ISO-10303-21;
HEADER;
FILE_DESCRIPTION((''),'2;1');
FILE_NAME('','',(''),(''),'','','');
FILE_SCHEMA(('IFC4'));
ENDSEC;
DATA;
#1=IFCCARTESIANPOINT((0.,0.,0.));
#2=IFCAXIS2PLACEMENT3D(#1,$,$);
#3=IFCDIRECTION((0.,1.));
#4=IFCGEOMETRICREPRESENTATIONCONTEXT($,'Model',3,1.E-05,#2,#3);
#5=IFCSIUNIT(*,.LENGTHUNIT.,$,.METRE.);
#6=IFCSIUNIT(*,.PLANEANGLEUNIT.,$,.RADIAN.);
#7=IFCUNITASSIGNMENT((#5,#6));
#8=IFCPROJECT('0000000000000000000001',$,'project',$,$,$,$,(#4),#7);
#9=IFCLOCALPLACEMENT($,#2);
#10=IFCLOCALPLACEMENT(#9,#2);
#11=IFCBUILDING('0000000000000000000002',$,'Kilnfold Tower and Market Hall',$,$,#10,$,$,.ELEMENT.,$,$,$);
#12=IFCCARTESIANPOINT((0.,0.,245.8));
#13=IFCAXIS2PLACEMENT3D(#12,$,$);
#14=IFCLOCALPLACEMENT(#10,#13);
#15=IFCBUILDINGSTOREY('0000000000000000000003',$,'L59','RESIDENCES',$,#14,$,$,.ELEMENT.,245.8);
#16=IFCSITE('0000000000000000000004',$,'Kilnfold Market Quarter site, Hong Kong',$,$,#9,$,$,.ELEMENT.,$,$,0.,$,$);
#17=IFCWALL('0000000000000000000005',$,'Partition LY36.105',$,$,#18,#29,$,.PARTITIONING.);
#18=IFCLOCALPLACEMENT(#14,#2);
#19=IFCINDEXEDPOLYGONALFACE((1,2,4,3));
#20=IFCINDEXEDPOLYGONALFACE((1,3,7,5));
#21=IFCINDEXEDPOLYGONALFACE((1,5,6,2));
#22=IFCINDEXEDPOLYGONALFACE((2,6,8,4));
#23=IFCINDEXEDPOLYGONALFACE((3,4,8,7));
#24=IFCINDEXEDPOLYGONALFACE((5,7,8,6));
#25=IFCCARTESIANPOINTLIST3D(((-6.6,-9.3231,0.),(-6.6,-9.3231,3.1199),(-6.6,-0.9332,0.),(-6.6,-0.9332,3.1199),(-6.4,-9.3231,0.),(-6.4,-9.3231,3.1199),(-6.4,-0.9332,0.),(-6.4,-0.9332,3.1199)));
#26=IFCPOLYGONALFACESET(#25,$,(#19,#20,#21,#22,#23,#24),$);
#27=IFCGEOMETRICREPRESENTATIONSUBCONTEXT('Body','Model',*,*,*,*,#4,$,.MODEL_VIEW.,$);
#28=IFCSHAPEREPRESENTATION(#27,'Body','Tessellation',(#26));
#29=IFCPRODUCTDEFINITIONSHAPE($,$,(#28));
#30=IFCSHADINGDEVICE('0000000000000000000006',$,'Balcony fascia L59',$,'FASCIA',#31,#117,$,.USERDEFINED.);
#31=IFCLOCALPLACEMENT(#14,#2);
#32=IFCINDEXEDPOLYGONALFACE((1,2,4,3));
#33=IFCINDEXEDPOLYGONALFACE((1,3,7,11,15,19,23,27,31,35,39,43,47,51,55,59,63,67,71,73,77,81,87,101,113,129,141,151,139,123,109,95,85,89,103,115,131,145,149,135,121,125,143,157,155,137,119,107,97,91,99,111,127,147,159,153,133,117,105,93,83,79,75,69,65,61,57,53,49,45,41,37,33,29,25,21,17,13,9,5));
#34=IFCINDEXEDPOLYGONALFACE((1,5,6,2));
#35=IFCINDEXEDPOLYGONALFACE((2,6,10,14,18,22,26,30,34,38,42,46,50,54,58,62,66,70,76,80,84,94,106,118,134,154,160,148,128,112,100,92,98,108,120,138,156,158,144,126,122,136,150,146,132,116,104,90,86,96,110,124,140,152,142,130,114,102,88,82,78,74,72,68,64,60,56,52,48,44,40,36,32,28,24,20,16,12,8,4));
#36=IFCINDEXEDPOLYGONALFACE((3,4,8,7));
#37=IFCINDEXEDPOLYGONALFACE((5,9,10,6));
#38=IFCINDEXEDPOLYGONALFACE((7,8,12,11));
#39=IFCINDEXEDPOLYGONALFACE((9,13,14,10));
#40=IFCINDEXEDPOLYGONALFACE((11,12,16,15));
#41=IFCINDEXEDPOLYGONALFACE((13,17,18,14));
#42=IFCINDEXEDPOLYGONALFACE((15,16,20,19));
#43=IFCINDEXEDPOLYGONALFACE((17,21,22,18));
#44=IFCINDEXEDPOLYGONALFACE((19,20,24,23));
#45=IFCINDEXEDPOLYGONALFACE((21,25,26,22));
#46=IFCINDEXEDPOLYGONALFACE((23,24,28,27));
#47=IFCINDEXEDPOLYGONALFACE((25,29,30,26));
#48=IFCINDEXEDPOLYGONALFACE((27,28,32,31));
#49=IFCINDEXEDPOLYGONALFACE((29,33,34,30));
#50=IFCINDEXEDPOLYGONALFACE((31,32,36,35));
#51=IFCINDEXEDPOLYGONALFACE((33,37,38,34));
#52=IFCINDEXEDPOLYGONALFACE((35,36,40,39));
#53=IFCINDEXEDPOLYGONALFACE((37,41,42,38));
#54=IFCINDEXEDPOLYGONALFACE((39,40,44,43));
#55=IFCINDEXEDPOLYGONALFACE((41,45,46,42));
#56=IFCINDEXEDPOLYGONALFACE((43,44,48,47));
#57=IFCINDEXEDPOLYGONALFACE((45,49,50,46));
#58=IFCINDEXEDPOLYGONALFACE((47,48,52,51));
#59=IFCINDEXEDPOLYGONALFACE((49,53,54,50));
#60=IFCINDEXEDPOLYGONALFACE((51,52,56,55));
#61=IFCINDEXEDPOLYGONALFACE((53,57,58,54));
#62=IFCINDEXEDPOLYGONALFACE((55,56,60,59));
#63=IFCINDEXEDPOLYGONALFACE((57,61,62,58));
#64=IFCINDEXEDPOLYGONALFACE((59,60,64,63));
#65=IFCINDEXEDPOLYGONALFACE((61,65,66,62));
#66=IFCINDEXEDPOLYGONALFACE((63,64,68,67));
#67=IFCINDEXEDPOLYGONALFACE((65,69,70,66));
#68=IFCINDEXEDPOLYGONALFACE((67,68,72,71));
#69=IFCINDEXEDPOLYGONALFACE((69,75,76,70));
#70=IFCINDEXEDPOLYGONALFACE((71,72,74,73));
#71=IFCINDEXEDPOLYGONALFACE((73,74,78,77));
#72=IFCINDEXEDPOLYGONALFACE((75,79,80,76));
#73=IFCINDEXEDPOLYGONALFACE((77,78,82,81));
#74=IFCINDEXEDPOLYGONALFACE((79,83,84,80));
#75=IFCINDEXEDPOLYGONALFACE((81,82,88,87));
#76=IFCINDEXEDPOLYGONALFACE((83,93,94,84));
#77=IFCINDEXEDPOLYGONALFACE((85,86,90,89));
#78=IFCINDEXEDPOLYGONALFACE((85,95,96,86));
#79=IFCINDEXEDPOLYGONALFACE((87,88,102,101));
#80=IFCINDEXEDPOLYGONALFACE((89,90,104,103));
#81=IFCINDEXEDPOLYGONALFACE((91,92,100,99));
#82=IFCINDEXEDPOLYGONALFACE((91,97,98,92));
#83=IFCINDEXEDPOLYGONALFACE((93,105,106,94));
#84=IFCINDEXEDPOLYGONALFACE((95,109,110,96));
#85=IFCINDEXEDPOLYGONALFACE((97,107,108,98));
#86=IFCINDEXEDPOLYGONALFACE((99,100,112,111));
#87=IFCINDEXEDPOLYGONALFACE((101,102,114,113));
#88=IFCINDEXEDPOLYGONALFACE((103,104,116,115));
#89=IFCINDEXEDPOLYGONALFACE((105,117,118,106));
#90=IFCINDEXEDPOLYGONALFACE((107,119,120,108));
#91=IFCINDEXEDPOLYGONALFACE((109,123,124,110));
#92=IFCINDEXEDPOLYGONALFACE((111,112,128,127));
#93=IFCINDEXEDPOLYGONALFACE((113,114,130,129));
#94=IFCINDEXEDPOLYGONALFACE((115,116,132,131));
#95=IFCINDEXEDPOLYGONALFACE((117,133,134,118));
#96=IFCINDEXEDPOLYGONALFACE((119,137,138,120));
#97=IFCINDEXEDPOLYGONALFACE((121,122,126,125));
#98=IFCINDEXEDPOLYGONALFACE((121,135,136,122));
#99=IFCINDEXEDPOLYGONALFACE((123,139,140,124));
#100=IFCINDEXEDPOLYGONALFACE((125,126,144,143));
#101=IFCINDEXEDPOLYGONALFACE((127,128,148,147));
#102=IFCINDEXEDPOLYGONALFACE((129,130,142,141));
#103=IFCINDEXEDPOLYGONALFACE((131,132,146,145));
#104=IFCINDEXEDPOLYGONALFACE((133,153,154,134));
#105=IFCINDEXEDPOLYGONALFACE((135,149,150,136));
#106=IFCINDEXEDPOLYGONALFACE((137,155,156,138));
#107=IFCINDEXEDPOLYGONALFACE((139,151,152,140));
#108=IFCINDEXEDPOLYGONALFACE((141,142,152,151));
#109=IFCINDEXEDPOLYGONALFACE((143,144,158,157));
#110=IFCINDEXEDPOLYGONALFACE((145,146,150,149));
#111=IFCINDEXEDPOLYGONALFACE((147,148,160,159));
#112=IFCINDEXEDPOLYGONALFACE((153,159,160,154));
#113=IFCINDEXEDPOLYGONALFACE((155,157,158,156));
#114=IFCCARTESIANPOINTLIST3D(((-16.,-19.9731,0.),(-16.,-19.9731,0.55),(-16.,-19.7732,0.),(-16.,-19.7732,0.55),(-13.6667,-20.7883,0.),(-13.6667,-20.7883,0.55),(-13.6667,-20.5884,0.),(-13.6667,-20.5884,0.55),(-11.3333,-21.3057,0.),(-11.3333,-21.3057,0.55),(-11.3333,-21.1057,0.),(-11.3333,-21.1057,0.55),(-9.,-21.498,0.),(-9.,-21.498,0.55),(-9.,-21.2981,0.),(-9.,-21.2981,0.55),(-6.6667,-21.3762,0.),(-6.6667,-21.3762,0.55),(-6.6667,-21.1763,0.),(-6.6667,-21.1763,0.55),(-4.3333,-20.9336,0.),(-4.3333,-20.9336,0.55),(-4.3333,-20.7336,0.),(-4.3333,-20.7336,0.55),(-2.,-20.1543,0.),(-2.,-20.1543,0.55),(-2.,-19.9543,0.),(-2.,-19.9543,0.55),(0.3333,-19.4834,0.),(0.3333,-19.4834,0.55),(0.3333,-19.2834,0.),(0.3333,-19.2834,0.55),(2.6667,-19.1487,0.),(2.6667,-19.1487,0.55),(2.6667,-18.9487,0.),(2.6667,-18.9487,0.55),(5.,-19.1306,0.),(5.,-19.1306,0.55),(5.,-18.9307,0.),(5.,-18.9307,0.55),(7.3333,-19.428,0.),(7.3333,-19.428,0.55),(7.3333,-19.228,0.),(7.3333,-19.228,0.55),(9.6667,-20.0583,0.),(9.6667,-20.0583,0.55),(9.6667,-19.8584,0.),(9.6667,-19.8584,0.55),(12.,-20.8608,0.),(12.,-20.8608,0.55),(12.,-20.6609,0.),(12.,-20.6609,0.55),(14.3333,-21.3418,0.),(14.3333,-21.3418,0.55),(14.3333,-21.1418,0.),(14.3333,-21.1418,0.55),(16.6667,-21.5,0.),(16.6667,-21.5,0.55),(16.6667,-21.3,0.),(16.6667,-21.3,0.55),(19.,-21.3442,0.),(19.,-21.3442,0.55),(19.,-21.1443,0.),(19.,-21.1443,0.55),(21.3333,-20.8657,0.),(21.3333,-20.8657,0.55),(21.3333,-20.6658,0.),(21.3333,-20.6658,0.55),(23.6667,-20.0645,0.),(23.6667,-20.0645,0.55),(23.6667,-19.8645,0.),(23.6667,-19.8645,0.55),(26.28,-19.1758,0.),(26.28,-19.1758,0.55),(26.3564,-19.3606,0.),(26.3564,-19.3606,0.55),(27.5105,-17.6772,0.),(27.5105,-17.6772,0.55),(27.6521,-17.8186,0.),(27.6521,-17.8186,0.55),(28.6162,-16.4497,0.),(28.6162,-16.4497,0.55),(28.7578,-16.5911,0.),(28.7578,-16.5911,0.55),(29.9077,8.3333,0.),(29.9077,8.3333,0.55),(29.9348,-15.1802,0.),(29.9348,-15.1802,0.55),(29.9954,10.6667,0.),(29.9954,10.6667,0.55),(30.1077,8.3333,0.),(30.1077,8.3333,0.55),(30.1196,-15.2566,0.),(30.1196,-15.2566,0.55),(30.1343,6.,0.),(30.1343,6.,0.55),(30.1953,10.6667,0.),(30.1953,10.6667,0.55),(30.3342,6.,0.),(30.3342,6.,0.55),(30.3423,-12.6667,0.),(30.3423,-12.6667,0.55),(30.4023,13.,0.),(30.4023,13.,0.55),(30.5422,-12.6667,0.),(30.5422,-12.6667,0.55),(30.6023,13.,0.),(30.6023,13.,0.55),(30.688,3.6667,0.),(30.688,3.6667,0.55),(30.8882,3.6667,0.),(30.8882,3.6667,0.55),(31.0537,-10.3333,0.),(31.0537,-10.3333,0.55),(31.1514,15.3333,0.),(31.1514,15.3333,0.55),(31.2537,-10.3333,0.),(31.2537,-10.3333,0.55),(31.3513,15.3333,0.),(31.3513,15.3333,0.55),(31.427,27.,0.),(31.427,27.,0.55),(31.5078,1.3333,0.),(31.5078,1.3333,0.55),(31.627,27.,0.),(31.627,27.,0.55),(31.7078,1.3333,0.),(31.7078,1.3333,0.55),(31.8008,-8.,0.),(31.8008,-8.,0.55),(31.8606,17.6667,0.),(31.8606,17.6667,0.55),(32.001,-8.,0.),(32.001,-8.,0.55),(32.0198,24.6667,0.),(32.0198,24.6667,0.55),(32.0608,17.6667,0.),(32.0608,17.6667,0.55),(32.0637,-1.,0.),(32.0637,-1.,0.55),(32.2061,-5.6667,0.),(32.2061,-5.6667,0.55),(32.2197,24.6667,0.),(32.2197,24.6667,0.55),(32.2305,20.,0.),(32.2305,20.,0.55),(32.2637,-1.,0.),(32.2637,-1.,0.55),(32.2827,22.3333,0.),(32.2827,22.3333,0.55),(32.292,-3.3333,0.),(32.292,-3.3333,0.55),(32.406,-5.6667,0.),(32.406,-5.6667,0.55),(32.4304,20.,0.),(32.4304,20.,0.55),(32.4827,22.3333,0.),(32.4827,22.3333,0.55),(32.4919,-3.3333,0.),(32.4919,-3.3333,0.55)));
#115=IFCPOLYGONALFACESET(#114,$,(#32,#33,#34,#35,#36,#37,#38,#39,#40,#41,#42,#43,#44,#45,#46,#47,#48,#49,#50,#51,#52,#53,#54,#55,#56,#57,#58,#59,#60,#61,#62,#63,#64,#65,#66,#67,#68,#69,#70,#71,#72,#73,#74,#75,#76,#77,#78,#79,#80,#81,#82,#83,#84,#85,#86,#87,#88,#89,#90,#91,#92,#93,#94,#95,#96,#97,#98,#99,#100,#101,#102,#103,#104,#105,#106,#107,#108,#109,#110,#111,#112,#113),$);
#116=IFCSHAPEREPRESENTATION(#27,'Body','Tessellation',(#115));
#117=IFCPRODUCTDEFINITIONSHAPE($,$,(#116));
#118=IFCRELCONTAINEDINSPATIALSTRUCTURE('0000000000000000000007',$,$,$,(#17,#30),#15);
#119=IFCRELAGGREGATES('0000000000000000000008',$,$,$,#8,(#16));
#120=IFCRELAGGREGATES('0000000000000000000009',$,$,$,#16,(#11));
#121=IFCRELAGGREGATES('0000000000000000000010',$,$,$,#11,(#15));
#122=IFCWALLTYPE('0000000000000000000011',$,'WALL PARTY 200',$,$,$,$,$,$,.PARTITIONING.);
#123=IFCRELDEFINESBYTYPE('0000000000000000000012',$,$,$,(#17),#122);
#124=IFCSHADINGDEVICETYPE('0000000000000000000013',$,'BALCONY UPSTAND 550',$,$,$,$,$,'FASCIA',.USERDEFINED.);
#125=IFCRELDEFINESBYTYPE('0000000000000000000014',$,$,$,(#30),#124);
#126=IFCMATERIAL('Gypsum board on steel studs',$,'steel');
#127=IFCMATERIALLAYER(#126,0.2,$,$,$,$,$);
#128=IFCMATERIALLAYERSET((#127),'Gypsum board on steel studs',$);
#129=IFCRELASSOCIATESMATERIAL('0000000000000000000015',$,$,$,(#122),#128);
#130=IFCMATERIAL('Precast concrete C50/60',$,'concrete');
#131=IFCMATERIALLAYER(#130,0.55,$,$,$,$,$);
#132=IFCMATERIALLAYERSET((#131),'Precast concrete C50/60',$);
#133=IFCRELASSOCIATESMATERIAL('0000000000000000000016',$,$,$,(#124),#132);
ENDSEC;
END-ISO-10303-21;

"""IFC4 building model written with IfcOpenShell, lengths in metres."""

from ifc_helpers import new_model, si_unit, direction, frame, frame_2d, origin, place, context, subcontext, project, spatial, polyline, rectangle, outline, extrude, source, transform, mapped, material, layer, layer_set, type_object, element, save


model = new_model("IFC4")

# Units and contexts
model_context = context("Model", 3, precision=1e-05, world=origin(), true_north=direction((0.0, 1.0)))
body_context = subcontext(model_context, "Body", "Model", "MODEL_VIEW")
ifc_project = project(units=[si_unit("LENGTHUNIT", "METRE"), si_unit("PLANEANGLEUNIT", "RADIAN")], contexts=[model_context])

# Site, building, storey
site_placement = place(None, origin())
site = spatial("IfcSite", under=ifc_project, at=site_placement, Name="Kilnfold Market Quarter site, Hong Kong", CompositionType="ELEMENT", RefElevation=0.0)
building_placement = place(site_placement, origin())
building = spatial("IfcBuilding", under=site, at=building_placement, Name="Kilnfold Tower and Market Hall", CompositionType="ELEMENT")
storey_placement = place(building_placement, frame((0.0, 0.0, 245.8)))
storey = spatial("IfcBuildingStorey", under=building, at=storey_placement, Name="L59", Description="RESIDENCES", CompositionType="ELEMENT", Elevation=245.8)

# Wall
ifc_material_1 = material(Name="Gypsum board on steel studs", Category="steel")
ifc_layer_1 = layer(ifc_material_1, 0.2)
ifc_layer_set_1 = layer_set([ifc_layer_1], Name="Gypsum board on steel studs")
wall_type_1 = type_object("IfcWallType", Name="WALL PARTY 200", PredefinedType="PARTITIONING", material=ifc_layer_set_1)
wall_1_placement = place(storey_placement, frame((-6.5, -9.323, 0.0), z_axis=(0.0, 0.0, 1.0), x_axis=(0.0, 1.0, 0.0)))
element("IfcWall", 1, at=wall_1_placement, inside=storey, type_object=wall_type_1, Name="Partition LY36.105", PredefinedType="PARTITIONING", context=body_context, shape_type="SweptSolid", body=[
    extrude(rectangle(XDim=8.3899, YDim=0.2, at=frame_2d((4.1948, 0.0))), origin(), (0.0, 0.0, 1.0), 3.1199),
])

# Shading device
ifc_material_2 = material(Name="Precast concrete C50/60", Category="concrete")
ifc_layer_2 = layer(ifc_material_2, 0.55)
ifc_layer_set_2 = layer_set([ifc_layer_2], Name="Precast concrete C50/60")
shading_device_type_1 = type_object("IfcShadingDeviceType", Name="BALCONY UPSTAND 550", ElementType="FASCIA", PredefinedType="USERDEFINED", material=ifc_layer_set_2)
shared_shape_1 = source(origin(), body_context, "Body", "SweptSolid", [
    extrude(outline(polyline([(-16.0, -19.9731), (-13.6667, -20.7883), (-11.3333, -21.3057), (-9.0, -21.498), (-6.6667, -21.3762), (-4.3333, -20.9336), (-2.0, -20.1543), (0.3333, -19.4834), (2.6667, -19.1487), (5.0, -19.1306), (7.3333, -19.428), (9.6667, -20.0583), (12.0, -20.8608), (14.3333, -21.3418), (16.6667, -21.5), (19.0, -21.3442), (21.3333, -20.8657), (23.6667, -20.0645), (26.3564, -19.3606), (27.6521, -17.8186), (28.7578, -16.5911), (30.1196, -15.2566), (30.5422, -12.6667), (31.2537, -10.3333), (32.001, -8.0), (32.406, -5.6667), (32.4919, -3.3333), (32.2637, -1.0), (31.7078, 1.3333), (30.8882, 3.6667), (30.3342, 6.0), (30.1077, 8.3333), (30.1953, 10.6667), (30.6023, 13.0), (31.3513, 15.3333), (32.0608, 17.6667), (32.4304, 20.0), (32.4827, 22.3333), (32.2197, 24.6667), (31.627, 27.0), (31.427, 27.0), (32.0198, 24.6667), (32.2827, 22.3333), (32.2305, 20.0), (31.8606, 17.6667), (31.1514, 15.3333), (30.4023, 13.0), (29.9954, 10.6667), (29.9077, 8.3333), (30.1343, 6.0), (30.688, 3.6667), (31.5078, 1.3333), (32.0637, -1.0), (32.292, -3.3333), (32.2061, -5.6667), (31.8008, -8.0), (31.0537, -10.3333), (30.3423, -12.6667), (29.9348, -15.1802), (28.6162, -16.4497), (27.5105, -17.6772), (26.28, -19.1758), (23.6667, -19.8645), (21.3333, -20.6658), (19.0, -21.1443), (16.6667, -21.3), (14.3333, -21.1418), (12.0, -20.6609), (9.6667, -19.8584), (7.3333, -19.228), (5.0, -18.9307), (2.6667, -18.9487), (0.3333, -19.2834), (-2.0, -19.9543), (-4.3333, -20.7336), (-6.6667, -21.1763), (-9.0, -21.2981), (-11.3333, -21.1057), (-13.6667, -20.5884), (-16.0, -19.7732), (-16.0, -19.9731)])), origin(), (0.0, 0.0, 1.0), 0.55),
])
shading_device_1_placement = place(storey_placement, origin())
element("IfcShadingDevice", 2, at=shading_device_1_placement, inside=storey, type_object=shading_device_type_1, Name="Balcony fascia L59", ObjectType="FASCIA", PredefinedType="USERDEFINED", context=body_context, shape_type="MappedRepresentation", body=[
    mapped(shared_shape_1, transform((0.0, 0.0, 0.0))),
])

save(model, "model.ifc")
